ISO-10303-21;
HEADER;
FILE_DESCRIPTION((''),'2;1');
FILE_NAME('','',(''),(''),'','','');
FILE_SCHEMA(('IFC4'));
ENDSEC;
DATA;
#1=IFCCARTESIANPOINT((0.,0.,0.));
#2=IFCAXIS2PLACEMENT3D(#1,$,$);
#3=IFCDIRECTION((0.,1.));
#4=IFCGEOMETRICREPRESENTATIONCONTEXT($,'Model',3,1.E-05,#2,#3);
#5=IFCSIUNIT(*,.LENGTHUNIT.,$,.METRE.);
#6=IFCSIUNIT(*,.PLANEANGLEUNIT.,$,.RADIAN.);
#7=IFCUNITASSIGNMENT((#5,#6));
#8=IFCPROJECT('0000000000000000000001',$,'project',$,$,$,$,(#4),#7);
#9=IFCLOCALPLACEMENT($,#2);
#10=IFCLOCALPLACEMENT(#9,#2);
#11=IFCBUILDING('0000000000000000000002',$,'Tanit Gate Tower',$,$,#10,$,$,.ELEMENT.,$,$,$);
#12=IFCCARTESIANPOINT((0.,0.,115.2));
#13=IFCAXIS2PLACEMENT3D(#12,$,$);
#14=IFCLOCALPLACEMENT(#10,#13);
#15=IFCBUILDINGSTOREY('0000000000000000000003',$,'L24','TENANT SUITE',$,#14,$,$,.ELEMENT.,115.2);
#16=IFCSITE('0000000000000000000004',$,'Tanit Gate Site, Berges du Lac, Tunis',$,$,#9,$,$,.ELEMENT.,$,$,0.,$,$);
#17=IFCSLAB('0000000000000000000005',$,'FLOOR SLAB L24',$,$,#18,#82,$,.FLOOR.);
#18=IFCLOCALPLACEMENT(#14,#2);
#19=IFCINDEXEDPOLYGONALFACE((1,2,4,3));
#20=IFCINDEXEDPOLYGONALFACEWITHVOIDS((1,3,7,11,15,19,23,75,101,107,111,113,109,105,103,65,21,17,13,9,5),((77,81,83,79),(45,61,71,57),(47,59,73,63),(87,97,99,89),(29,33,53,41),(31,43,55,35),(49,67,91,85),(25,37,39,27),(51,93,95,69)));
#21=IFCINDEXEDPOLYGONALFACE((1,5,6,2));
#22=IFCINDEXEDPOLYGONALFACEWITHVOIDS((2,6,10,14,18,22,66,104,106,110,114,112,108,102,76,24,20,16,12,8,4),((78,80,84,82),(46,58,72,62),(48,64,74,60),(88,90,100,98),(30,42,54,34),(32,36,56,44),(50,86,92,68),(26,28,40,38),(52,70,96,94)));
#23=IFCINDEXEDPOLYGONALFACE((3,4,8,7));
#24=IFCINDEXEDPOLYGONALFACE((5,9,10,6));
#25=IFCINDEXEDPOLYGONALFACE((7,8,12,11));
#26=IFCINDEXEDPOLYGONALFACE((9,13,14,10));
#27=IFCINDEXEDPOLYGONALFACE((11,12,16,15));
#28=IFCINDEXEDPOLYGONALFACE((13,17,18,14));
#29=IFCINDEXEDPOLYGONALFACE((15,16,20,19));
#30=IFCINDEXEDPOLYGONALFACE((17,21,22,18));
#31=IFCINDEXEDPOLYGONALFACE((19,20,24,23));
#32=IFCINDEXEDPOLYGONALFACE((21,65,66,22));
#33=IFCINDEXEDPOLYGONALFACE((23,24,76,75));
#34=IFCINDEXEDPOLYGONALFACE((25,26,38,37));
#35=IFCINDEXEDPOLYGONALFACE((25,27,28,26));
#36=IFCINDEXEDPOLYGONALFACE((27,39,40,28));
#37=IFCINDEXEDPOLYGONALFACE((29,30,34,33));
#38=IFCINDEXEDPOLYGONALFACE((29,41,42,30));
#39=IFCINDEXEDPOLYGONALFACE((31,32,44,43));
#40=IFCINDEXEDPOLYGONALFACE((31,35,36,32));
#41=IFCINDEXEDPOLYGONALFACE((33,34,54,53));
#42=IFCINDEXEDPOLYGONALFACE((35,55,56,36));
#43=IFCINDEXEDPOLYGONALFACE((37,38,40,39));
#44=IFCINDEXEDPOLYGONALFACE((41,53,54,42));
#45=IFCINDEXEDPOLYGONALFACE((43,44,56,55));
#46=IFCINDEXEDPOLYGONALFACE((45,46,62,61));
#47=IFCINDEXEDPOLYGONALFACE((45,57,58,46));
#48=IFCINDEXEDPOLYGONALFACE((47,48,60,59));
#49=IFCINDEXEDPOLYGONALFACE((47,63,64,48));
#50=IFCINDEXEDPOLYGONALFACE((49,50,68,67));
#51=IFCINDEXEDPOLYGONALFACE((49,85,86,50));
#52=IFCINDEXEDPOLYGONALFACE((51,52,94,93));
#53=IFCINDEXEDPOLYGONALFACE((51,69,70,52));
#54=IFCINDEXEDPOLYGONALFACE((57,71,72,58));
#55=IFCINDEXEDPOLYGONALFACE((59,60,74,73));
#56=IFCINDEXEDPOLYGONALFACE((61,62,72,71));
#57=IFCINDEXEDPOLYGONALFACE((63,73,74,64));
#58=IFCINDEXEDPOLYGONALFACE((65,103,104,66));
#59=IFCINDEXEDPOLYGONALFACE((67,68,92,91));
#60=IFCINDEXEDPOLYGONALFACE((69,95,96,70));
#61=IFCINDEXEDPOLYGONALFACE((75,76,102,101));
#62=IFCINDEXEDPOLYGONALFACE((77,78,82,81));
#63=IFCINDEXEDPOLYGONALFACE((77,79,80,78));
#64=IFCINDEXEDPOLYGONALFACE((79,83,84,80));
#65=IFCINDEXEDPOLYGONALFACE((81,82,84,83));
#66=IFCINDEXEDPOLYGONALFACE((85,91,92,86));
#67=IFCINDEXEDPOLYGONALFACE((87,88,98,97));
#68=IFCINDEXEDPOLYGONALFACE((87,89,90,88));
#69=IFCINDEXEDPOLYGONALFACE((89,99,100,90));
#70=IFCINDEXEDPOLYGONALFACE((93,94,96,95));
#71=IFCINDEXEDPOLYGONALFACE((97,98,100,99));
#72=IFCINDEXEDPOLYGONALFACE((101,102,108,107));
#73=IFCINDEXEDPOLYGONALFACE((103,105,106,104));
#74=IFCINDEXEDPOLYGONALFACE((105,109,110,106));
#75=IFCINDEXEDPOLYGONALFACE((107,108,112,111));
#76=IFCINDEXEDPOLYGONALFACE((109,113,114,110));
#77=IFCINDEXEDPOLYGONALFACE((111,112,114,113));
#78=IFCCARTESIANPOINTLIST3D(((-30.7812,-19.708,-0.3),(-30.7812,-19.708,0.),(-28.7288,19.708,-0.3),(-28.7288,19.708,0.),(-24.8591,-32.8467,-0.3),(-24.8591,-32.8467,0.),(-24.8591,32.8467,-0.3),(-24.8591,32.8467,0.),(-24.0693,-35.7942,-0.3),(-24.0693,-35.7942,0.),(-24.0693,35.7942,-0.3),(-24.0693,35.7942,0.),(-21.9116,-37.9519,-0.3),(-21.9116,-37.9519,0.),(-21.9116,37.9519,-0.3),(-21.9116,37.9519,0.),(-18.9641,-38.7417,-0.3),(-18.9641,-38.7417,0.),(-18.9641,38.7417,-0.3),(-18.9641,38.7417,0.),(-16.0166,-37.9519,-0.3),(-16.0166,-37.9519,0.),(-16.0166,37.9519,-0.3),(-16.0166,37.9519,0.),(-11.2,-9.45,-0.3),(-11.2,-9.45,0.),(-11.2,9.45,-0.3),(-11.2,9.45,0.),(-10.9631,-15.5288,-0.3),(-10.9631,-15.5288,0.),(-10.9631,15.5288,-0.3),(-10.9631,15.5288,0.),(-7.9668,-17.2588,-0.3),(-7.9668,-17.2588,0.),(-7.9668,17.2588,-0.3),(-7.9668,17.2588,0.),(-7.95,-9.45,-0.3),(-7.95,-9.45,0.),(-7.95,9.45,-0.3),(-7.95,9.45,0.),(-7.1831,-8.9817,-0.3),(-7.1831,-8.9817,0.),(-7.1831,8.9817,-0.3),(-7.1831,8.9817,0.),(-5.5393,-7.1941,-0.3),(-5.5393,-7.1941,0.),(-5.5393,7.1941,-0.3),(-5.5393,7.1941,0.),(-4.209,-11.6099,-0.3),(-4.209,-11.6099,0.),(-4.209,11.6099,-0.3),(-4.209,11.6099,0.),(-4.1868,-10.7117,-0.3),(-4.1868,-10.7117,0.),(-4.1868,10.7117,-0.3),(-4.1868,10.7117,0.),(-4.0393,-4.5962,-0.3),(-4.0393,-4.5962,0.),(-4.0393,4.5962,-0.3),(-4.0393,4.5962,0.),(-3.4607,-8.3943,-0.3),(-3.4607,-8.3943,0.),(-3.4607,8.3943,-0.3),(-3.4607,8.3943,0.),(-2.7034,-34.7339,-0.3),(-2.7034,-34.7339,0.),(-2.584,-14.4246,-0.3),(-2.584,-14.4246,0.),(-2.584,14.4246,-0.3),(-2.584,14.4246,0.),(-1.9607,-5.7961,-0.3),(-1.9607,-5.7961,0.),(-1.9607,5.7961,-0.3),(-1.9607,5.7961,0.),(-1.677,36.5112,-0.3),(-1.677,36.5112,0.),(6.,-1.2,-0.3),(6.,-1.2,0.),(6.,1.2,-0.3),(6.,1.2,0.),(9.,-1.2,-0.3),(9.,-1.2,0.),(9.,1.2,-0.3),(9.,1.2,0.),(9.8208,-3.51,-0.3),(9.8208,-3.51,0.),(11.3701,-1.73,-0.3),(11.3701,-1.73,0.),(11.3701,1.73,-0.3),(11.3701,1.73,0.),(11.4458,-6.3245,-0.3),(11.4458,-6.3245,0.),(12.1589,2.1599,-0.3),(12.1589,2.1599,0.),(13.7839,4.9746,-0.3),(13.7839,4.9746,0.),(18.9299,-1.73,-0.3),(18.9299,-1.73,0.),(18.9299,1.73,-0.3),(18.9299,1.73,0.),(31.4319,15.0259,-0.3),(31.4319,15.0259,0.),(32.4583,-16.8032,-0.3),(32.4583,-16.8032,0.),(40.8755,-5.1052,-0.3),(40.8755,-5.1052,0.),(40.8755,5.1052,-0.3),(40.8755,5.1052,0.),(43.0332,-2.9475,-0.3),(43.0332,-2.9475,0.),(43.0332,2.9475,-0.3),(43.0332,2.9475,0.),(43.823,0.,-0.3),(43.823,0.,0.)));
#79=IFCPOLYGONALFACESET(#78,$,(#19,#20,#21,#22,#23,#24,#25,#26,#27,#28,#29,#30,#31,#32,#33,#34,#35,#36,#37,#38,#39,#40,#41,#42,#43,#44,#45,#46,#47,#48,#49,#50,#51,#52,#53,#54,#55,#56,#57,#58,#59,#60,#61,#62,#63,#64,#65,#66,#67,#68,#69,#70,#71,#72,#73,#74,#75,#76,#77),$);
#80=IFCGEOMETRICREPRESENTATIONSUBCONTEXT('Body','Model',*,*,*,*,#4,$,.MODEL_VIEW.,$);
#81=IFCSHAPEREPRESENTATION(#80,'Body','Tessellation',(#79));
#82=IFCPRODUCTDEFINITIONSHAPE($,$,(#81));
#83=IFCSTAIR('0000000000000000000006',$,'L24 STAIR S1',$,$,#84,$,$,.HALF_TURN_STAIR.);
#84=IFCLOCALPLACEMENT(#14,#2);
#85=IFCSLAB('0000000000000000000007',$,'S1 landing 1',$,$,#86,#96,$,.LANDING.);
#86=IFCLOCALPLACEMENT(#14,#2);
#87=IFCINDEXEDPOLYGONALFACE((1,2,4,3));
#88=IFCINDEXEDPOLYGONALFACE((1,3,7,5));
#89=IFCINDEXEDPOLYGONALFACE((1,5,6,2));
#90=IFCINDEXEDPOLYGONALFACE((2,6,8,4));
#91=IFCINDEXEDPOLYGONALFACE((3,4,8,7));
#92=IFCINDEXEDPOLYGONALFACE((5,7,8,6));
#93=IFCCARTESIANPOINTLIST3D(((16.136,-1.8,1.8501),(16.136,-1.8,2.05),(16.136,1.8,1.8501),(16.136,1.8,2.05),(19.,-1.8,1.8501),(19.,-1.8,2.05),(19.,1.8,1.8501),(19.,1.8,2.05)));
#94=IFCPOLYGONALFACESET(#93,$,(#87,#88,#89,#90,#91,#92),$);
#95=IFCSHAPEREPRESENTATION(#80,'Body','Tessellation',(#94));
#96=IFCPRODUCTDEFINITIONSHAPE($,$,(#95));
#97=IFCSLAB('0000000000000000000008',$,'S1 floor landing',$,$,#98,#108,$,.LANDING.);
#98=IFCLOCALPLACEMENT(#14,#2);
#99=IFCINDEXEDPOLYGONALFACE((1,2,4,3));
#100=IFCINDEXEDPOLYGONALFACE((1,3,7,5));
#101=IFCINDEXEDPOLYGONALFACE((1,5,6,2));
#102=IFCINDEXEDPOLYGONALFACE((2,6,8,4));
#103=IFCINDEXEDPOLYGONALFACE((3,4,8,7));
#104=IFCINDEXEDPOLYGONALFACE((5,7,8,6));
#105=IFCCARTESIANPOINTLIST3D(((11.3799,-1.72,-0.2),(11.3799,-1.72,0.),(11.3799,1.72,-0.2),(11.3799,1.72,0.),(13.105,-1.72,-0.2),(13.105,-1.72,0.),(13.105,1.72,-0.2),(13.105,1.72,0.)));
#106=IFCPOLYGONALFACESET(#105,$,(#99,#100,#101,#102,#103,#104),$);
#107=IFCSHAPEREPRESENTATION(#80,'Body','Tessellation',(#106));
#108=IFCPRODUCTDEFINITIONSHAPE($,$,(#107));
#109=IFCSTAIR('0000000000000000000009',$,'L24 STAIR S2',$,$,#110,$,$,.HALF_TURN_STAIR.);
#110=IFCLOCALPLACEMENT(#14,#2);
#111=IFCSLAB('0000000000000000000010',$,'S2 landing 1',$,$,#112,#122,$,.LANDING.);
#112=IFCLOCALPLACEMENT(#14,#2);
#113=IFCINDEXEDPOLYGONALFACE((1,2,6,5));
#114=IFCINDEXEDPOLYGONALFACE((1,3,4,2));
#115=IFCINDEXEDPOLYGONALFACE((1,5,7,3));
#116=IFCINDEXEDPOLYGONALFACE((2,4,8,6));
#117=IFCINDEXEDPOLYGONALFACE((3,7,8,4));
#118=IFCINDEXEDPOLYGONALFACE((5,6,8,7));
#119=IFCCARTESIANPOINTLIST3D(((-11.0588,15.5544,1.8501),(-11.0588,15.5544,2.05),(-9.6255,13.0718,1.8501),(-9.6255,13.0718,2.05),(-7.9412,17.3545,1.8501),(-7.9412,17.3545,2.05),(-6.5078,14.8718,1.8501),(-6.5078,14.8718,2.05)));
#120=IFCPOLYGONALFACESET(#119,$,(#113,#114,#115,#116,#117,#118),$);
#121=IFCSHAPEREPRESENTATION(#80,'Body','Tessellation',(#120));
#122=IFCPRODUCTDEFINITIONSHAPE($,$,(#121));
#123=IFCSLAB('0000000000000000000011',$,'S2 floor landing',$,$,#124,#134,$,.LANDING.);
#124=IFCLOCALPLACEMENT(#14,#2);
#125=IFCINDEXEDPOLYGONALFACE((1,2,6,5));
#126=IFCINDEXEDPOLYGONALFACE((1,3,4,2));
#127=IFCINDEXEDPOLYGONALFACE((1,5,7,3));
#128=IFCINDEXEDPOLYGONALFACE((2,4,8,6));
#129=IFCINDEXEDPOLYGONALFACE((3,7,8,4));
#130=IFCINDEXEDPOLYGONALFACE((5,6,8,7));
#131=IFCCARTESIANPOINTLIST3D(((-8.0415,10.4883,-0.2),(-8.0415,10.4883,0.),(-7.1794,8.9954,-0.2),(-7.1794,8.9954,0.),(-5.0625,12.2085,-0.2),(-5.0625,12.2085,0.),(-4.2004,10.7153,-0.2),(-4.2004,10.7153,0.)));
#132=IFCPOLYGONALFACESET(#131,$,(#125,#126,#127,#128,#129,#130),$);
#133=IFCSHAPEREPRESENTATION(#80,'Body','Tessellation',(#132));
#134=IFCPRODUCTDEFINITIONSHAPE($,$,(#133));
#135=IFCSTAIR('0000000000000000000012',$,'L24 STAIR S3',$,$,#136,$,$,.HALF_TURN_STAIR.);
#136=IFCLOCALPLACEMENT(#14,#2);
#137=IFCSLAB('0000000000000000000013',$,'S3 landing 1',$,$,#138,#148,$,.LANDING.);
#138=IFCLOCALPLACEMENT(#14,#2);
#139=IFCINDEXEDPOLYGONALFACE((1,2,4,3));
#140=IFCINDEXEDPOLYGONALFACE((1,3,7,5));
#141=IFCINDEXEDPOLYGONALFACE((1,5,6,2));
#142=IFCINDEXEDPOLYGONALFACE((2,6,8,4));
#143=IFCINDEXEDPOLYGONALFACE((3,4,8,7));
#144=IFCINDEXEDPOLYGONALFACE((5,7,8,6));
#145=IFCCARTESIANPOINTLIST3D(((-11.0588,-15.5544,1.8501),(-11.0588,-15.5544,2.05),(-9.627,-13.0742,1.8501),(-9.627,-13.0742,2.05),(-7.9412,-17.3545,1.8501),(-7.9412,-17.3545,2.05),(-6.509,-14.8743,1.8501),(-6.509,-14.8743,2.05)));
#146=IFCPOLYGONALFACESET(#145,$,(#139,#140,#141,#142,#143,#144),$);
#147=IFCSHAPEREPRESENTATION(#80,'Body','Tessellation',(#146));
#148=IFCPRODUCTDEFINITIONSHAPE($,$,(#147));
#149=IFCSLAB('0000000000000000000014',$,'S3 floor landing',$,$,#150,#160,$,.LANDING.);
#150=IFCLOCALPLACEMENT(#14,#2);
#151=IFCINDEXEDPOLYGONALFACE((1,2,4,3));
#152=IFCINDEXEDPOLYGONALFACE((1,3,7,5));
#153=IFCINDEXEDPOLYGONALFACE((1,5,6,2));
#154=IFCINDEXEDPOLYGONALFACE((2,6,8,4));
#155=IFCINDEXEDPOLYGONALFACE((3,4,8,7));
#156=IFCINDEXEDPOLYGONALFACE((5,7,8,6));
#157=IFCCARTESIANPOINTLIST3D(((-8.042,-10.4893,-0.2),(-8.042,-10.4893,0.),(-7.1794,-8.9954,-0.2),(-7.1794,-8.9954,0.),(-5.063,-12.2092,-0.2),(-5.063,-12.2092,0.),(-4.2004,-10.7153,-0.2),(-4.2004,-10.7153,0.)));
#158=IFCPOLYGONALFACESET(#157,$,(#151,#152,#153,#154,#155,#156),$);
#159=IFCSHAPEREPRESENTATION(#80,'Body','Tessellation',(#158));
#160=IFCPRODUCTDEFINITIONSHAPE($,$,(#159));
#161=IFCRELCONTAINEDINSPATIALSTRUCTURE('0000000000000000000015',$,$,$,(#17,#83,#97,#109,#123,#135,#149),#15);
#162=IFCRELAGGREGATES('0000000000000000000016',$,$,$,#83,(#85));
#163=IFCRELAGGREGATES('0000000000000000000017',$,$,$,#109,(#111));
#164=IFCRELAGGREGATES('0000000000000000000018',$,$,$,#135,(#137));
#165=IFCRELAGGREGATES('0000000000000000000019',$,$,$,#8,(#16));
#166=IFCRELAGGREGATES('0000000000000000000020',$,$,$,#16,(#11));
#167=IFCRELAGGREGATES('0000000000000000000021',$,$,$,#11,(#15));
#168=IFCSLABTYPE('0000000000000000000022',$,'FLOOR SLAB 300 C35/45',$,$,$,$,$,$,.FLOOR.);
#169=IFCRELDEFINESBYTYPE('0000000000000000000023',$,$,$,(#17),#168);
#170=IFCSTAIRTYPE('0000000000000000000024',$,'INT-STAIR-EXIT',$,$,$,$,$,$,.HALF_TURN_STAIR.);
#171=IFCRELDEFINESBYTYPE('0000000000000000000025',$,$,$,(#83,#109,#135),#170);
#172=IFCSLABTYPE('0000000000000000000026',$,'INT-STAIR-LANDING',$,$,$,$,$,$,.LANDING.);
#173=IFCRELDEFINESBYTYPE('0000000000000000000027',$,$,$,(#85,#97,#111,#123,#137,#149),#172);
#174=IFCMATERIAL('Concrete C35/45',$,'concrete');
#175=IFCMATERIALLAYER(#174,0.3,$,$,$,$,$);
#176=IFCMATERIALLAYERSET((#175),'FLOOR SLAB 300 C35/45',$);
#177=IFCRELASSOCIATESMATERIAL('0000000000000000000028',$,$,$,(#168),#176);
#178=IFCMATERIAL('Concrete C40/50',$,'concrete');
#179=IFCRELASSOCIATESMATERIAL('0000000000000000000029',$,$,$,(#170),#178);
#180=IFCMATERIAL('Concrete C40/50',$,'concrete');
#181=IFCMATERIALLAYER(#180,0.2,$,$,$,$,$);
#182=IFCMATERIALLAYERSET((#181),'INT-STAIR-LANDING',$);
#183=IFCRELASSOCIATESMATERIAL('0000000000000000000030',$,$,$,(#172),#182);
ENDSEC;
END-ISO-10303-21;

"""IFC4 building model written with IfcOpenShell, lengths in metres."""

from ifc_helpers import new_model, si_unit, direction, frame, origin, place, context, subcontext, project, spatial, polyline, outline, extrude, material, layer, layer_set, type_object, element, aggregate, save


model = new_model("IFC4")

# Units and contexts
model_context = context("Model", 3, precision=1e-05, world=origin(), true_north=direction((0.0, 1.0)))
body_context = subcontext(model_context, "Body", "Model", "MODEL_VIEW")
ifc_project = project(units=[si_unit("LENGTHUNIT", "METRE"), si_unit("PLANEANGLEUNIT", "RADIAN")], contexts=[model_context])

# Site, building, storey
site_placement = place(None, origin())
site = spatial("IfcSite", under=ifc_project, at=site_placement, Name="Tanit Gate Site, Berges du Lac, Tunis", CompositionType="ELEMENT", RefElevation=0.0)
building_placement = place(site_placement, origin())
building = spatial("IfcBuilding", under=site, at=building_placement, Name="Tanit Gate Tower", CompositionType="ELEMENT")
storey_placement = place(building_placement, frame((0.0, 0.0, 115.2)))
storey = spatial("IfcBuildingStorey", under=building, at=storey_placement, Name="L24", Description="TENANT SUITE", CompositionType="ELEMENT", Elevation=115.2)

# Slab
ifc_material_1 = material(Name="Concrete C35/45", Category="concrete")
ifc_layer_1 = layer(ifc_material_1, 0.3)
ifc_layer_set_1 = layer_set([ifc_layer_1], Name="FLOOR SLAB 300 C35/45")
slab_type_1 = type_object("IfcSlabType", Name="FLOOR SLAB 300 C35/45", PredefinedType="FLOOR", material=ifc_layer_set_1)
slab_1_placement = place(storey_placement, frame((0.0, 0.0, -0.3)))
element("IfcSlab", 1, at=slab_1_placement, inside=storey, type_object=slab_type_1, Name="FLOOR SLAB L24", PredefinedType="FLOOR", context=body_context, shape_type="SweptSolid", body=[
    extrude(outline(polyline([(40.8755, 5.1052), (43.0332, 2.9475), (43.823, 0.0), (43.0332, -2.9475), (40.8755, -5.1052), (32.4583, -16.8032), (-2.7034, -34.7339), (-16.0166, -37.9519), (-18.9641, -38.7417), (-21.9116, -37.9519), (-24.0693, -35.7942), (-24.8591, -32.8467), (-30.7812, -19.708), (-28.7288, 19.708), (-24.8591, 32.8467), (-24.0693, 35.7942), (-21.9116, 37.9519), (-18.9641, 38.7417), (-16.0166, 37.9519), (-1.677, 36.5112), (31.4319, 15.0259), (40.8755, 5.1052)]), holes=[polyline([(11.3701, 1.73), (18.9299, 1.73), (18.9299, -1.73), (11.3701, -1.73), (11.3701, 1.73)]), polyline([(-4.209, 11.6099), (-2.584, 14.4246), (13.7839, 4.9746), (12.1589, 2.1599), (-4.209, 11.6099)]), polyline([(-4.209, -11.6099), (9.8208, -3.51), (11.4458, -6.3245), (-2.584, -14.4246), (-4.209, -11.6099)]), polyline([(9.0, 1.2), (9.0, -1.2), (6.0, -1.2), (6.0, 1.2), (9.0, 1.2)]), polyline([(-5.5393, 7.1941), (-3.4607, 8.3943), (-1.9607, 5.7961), (-4.0393, 4.5962), (-5.5393, 7.1941)]), polyline([(-1.9607, -5.7961), (-3.4607, -8.3943), (-5.5393, -7.1941), (-4.0393, -4.5962), (-1.9607, -5.7961)]), polyline([(-10.9631, 15.5288), (-7.9668, 17.2588), (-4.1868, 10.7117), (-7.1831, 8.9817), (-10.9631, 15.5288)]), polyline([(-4.1868, -10.7117), (-7.9668, -17.2588), (-10.9631, -15.5288), (-7.1831, -8.9817), (-4.1868, -10.7117)]), polyline([(-11.2, -9.45), (-11.2, 9.45), (-7.95, 9.45), (-7.95, -9.45), (-11.2, -9.45)])]), origin(), (0.0, 0.0, 1.0), 0.3),
])

# Stair, slab
ifc_material_2 = material(Name="Concrete C40/50", Category="concrete")
stair_type = type_object("IfcStairType", Name="INT-STAIR-EXIT", PredefinedType="HALF_TURN_STAIR", material=ifc_material_2)
stair_1_placement = place(storey_placement, origin())
stair_1 = element("IfcStair", 2, at=stair_1_placement, inside=storey, type_object=stair_type, Name="L24 STAIR S1", PredefinedType="HALF_TURN_STAIR")
ifc_material_3 = material(Name="Concrete C40/50", Category="concrete")
ifc_layer_2 = layer(ifc_material_3, 0.2)
ifc_layer_set_2 = layer_set([ifc_layer_2], Name="INT-STAIR-LANDING")
slab_type_2 = type_object("IfcSlabType", Name="INT-STAIR-LANDING", PredefinedType="LANDING", material=ifc_layer_set_2)
slab_2_placement = place(storey_placement, frame((0.0, 0.0, 1.8501)))
slab_2 = element("IfcSlab", 3, at=slab_2_placement, type_object=slab_type_2, Name="S1 landing 1", PredefinedType="LANDING", context=body_context, shape_type="SweptSolid", body=[
    extrude(outline(polyline([(16.136, -1.8), (19.0, -1.8), (19.0, 1.8), (16.136, 1.8), (16.136, -1.8)])), origin(), (0.0, 0.0, 1.0), 0.2),
])
aggregate(stair_1, [slab_2])

# Slab
slab_3_placement = place(storey_placement, frame((0.0, 0.0, -0.2)))
element("IfcSlab", 4, at=slab_3_placement, inside=storey, type_object=slab_type_2, Name="S1 floor landing", PredefinedType="LANDING", context=body_context, shape_type="SweptSolid", body=[
    extrude(outline(polyline([(11.3799, -1.72), (13.105, -1.72), (13.105, 1.72), (11.3799, 1.72), (11.3799, -1.72)])), origin(), (0.0, 0.0, 1.0), 0.2),
])

# Stair, slab
stair_2_placement = place(storey_placement, origin())
stair_2 = element("IfcStair", 5, at=stair_2_placement, inside=storey, type_object=stair_type, Name="L24 STAIR S2", PredefinedType="HALF_TURN_STAIR")
slab_4_placement = place(storey_placement, frame((0.0, 0.0, 1.8501)))
slab_4 = element("IfcSlab", 6, at=slab_4_placement, type_object=slab_type_2, Name="S2 landing 1", PredefinedType="LANDING", context=body_context, shape_type="SweptSolid", body=[
    extrude(outline(polyline([(-6.5078, 14.8718), (-7.9412, 17.3545), (-11.0588, 15.5544), (-9.6255, 13.0718), (-6.5078, 14.8718)])), origin(), (0.0, 0.0, 1.0), 0.2),
])
aggregate(stair_2, [slab_4])

# Slab
slab_5_placement = place(storey_placement, frame((0.0, 0.0, -0.2)))
element("IfcSlab", 7, at=slab_5_placement, inside=storey, type_object=slab_type_2, Name="S2 floor landing", PredefinedType="LANDING", context=body_context, shape_type="SweptSolid", body=[
    extrude(outline(polyline([(-4.2004, 10.7153), (-5.0625, 12.2085), (-8.0415, 10.4883), (-7.1794, 8.9954), (-4.2004, 10.7153)])), origin(), (0.0, 0.0, 1.0), 0.2),
])

# Stair, slab
stair_3_placement = place(storey_placement, origin())
stair_3 = element("IfcStair", 8, at=stair_3_placement, inside=storey, type_object=stair_type, Name="L24 STAIR S3", PredefinedType="HALF_TURN_STAIR")
slab_6_placement = place(storey_placement, frame((0.0, 0.0, 1.8501)))
slab_6 = element("IfcSlab", 9, at=slab_6_placement, type_object=slab_type_2, Name="S3 landing 1", PredefinedType="LANDING", context=body_context, shape_type="SweptSolid", body=[
    extrude(outline(polyline([(-9.627, -13.0742), (-11.0588, -15.5544), (-7.9412, -17.3545), (-6.509, -14.8743), (-9.627, -13.0742)])), origin(), (0.0, 0.0, 1.0), 0.2),
])
aggregate(stair_3, [slab_6])

# Slab
slab_7_placement = place(storey_placement, frame((0.0, 0.0, -0.2)))
element("IfcSlab", 10, at=slab_7_placement, inside=storey, type_object=slab_type_2, Name="S3 floor landing", PredefinedType="LANDING", context=body_context, shape_type="SweptSolid", body=[
    extrude(outline(polyline([(-7.1794, -8.9954), (-8.042, -10.4893), (-5.063, -12.2092), (-4.2004, -10.7153), (-7.1794, -8.9954)])), origin(), (0.0, 0.0, 1.0), 0.2),
])

save(model, "model.ifc")
